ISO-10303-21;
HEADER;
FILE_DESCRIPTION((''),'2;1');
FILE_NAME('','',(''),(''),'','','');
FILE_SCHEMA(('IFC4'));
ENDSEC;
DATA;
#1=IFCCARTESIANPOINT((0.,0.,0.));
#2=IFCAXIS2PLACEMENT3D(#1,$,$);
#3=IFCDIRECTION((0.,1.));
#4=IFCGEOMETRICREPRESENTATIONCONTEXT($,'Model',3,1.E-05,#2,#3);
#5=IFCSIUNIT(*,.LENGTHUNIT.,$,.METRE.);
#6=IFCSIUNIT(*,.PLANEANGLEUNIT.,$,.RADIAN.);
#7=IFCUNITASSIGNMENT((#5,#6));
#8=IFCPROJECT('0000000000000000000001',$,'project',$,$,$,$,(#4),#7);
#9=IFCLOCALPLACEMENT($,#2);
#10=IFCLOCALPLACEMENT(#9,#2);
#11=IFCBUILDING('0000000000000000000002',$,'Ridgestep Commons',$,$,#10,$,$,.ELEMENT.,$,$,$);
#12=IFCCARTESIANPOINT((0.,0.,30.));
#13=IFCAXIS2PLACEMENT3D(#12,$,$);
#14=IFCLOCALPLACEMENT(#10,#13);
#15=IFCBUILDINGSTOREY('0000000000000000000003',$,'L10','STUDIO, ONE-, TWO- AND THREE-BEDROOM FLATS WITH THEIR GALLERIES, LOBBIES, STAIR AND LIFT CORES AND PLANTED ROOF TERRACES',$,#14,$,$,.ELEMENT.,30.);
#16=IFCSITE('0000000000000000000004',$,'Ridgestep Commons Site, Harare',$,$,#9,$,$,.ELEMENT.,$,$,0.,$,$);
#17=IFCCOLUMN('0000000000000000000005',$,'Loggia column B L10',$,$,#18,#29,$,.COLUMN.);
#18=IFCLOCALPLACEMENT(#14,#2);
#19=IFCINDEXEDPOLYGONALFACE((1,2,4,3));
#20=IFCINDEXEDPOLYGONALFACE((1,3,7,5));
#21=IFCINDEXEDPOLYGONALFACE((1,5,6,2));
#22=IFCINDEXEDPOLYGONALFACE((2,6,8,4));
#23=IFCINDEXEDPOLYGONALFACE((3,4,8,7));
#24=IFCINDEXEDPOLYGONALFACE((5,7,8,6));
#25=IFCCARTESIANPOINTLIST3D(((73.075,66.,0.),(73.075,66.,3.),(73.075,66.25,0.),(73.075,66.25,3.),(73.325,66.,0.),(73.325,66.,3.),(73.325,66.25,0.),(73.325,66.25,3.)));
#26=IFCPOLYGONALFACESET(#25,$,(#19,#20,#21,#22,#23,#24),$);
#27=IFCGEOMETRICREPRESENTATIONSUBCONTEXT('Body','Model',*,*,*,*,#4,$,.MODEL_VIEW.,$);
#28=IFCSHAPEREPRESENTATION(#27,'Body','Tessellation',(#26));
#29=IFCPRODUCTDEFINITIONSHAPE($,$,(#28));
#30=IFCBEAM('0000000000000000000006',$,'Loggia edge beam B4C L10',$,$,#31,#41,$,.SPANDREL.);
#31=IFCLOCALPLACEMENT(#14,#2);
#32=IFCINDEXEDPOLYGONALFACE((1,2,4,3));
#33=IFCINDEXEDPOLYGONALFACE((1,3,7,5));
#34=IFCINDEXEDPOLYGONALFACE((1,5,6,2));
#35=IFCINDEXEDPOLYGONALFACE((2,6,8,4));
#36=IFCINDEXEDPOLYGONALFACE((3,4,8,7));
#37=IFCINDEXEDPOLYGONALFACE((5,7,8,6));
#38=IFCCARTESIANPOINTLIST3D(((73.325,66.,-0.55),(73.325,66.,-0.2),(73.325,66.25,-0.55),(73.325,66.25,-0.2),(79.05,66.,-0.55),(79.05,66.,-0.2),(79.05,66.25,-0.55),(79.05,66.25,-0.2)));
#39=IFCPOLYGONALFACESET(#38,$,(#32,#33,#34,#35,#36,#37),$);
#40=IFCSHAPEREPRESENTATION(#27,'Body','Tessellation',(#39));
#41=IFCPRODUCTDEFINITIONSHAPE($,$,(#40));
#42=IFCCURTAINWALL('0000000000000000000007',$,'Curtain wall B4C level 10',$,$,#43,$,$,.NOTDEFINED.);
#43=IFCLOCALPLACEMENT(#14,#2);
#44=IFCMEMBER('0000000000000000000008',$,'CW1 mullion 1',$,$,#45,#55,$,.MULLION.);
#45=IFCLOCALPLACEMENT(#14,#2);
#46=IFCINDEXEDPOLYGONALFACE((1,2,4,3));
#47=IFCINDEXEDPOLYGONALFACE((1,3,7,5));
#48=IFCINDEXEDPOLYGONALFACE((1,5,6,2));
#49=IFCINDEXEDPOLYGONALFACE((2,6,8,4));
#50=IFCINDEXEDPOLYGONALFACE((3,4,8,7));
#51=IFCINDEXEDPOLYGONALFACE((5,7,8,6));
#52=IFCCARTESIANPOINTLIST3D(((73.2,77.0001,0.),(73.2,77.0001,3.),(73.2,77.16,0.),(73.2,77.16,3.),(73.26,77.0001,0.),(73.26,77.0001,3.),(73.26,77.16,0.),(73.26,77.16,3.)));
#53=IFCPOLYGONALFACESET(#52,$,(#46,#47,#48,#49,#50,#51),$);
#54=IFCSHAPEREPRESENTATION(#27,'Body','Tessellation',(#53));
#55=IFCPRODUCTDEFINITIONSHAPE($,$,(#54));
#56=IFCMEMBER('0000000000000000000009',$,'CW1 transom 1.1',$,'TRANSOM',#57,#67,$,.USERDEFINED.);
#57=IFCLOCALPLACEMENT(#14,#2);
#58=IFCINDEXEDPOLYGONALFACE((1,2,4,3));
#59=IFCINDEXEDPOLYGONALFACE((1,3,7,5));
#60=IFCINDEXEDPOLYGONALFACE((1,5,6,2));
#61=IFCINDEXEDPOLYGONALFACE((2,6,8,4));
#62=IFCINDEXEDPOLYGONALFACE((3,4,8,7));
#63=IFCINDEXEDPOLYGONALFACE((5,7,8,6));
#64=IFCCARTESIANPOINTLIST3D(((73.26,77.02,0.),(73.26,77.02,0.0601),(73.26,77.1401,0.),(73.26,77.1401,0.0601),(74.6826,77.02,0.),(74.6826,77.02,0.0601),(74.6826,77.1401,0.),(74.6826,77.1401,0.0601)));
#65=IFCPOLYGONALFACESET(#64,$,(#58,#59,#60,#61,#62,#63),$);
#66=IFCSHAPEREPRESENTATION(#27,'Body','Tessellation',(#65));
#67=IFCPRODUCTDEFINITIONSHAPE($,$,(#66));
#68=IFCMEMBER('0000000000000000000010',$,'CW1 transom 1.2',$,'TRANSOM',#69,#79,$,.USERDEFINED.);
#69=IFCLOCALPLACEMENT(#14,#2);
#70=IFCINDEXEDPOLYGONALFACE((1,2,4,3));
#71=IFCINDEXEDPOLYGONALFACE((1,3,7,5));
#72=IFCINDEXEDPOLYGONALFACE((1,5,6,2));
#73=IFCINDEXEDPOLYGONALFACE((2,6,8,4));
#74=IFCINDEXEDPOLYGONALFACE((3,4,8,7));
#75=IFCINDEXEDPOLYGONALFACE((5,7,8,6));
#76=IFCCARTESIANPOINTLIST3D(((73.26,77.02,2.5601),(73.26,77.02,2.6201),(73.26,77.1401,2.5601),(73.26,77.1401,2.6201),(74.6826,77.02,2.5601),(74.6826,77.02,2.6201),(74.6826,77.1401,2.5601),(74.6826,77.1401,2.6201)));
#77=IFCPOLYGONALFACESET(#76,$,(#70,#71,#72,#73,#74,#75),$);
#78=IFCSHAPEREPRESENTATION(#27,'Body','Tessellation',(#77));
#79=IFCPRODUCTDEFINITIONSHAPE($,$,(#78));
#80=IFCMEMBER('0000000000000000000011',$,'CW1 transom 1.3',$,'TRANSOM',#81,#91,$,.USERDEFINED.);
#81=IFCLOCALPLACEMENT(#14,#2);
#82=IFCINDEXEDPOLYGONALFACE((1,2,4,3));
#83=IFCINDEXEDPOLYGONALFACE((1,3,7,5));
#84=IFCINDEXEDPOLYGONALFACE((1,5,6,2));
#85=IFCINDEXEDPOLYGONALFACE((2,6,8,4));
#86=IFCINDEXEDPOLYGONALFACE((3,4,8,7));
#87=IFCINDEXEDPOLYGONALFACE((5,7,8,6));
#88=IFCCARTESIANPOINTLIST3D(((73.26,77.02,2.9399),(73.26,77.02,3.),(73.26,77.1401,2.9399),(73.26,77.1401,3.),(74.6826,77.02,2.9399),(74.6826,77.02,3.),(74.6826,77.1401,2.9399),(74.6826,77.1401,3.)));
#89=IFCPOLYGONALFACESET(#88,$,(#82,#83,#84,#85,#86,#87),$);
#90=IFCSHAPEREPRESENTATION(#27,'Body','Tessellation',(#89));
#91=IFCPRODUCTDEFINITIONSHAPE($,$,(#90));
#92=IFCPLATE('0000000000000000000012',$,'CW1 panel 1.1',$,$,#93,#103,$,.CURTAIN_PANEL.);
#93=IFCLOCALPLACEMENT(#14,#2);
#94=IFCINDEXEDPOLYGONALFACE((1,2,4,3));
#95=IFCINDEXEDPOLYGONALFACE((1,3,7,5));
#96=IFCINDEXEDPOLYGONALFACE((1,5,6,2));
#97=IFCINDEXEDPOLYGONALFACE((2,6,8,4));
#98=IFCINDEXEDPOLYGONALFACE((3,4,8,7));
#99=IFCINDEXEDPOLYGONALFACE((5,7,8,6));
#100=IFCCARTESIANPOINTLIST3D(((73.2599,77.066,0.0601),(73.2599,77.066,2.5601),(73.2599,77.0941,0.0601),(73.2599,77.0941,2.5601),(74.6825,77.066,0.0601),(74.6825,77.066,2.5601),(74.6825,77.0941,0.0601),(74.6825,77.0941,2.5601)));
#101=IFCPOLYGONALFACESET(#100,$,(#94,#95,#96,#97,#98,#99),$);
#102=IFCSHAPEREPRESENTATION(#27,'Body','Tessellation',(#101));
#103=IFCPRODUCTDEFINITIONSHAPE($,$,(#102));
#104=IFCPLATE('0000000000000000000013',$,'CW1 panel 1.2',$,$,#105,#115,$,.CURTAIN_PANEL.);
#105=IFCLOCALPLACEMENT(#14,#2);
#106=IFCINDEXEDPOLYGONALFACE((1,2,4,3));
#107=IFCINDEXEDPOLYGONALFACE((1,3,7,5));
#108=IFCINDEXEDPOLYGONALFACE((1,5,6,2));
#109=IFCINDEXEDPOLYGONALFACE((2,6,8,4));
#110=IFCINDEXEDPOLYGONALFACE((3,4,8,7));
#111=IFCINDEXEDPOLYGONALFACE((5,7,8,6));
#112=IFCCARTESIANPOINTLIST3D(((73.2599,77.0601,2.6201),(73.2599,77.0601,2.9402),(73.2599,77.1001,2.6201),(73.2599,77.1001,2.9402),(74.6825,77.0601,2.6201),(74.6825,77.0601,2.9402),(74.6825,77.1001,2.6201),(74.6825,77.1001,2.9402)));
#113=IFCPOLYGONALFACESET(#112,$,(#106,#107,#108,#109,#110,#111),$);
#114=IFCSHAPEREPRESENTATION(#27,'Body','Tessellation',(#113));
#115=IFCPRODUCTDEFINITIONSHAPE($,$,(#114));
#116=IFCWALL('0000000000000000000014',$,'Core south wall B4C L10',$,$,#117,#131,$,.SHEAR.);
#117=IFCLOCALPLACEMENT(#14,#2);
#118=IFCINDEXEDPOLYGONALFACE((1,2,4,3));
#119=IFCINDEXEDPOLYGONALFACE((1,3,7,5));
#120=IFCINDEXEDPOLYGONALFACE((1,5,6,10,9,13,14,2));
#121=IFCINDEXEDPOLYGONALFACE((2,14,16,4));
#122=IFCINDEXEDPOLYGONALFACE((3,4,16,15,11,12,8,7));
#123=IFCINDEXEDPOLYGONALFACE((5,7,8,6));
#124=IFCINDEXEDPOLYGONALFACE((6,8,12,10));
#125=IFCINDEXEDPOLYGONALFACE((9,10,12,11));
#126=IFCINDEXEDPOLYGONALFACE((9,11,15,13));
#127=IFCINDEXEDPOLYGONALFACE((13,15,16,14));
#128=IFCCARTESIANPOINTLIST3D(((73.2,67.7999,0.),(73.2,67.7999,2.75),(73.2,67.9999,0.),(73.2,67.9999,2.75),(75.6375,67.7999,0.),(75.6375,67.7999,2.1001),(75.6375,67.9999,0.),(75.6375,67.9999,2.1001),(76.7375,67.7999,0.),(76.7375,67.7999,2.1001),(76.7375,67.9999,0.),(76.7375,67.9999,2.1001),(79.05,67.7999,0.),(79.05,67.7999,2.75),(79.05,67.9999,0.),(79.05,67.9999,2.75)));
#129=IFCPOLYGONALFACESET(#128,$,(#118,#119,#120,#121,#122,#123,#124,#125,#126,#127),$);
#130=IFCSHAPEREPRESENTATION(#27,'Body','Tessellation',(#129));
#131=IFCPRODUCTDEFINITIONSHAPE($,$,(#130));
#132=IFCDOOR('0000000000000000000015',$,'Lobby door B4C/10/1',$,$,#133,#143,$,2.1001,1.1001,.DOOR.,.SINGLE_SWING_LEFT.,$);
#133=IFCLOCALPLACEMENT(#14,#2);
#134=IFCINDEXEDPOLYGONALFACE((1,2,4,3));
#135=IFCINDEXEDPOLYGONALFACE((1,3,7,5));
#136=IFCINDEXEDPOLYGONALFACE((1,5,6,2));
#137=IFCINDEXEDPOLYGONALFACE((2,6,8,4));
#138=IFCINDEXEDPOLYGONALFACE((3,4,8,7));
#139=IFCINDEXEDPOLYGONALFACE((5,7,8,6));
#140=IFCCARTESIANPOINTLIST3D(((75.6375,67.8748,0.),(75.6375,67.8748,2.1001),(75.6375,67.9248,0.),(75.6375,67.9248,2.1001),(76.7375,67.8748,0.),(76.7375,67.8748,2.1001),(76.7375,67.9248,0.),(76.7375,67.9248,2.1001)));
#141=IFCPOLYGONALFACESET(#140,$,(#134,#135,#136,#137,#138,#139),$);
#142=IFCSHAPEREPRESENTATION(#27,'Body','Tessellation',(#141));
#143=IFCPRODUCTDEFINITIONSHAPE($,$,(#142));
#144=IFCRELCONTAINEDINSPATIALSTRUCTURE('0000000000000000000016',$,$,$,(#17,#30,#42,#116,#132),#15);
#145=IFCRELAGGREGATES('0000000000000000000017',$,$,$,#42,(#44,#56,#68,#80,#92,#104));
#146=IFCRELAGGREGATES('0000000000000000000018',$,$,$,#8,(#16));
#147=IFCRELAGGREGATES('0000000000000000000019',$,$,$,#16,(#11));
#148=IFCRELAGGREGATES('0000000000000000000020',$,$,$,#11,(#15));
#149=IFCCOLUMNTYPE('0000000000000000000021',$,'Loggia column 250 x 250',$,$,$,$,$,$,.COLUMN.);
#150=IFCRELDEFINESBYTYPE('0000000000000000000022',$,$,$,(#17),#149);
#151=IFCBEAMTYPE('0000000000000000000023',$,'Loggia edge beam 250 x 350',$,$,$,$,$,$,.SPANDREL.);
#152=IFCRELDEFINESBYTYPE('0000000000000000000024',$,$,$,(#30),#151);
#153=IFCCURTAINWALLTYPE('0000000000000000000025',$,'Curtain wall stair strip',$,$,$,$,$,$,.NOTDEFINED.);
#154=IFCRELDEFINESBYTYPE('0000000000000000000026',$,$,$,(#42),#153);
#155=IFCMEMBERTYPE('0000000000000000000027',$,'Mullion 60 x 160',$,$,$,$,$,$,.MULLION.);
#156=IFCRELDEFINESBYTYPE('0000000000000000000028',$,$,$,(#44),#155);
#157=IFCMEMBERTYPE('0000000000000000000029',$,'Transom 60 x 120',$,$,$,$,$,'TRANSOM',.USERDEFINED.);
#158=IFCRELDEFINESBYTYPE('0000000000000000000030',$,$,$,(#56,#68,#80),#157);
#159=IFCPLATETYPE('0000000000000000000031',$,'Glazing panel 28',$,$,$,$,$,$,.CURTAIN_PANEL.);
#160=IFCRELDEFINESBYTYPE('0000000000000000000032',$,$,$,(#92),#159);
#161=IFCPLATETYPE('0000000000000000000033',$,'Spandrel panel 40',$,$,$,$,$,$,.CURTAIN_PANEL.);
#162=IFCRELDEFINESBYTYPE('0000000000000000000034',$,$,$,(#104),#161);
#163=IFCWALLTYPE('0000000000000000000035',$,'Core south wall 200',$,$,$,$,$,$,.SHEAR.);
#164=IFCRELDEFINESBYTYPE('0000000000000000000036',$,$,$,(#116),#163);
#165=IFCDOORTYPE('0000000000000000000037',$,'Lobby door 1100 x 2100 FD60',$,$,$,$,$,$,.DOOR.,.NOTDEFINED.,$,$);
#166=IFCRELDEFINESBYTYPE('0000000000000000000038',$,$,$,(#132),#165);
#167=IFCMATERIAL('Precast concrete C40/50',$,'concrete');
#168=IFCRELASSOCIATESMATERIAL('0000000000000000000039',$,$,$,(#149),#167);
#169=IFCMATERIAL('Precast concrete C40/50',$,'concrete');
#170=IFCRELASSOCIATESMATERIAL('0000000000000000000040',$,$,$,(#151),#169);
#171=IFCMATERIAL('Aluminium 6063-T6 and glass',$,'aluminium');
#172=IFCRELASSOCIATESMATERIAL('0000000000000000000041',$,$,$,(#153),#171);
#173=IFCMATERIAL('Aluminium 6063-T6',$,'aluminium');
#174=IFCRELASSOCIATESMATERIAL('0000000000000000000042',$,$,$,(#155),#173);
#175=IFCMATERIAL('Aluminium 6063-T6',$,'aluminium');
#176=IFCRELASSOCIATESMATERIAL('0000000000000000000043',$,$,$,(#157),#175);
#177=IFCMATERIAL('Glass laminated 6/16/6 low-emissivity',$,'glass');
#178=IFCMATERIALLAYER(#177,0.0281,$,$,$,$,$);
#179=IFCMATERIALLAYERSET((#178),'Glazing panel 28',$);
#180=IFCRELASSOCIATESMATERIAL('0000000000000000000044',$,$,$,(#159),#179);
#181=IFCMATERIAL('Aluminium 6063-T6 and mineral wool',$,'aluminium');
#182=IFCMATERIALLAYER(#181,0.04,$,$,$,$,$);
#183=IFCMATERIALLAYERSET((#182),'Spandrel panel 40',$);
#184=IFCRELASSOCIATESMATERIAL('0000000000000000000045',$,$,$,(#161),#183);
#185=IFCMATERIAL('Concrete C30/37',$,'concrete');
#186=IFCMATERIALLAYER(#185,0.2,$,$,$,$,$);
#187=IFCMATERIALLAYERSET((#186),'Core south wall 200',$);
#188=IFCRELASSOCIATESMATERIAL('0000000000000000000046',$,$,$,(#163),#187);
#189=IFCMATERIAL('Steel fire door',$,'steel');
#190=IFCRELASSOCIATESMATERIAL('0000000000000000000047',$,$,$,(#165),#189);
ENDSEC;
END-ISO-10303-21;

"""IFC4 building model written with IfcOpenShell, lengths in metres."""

from ifc_helpers import new_model, si_unit, direction, frame, frame_2d, origin, origin_2d, place, context, subcontext, project, spatial, rectangle, extrude, material, layer, layer_set, material_profile, profile_set, type_object, element, fill, aggregate, save


model = new_model("IFC4")

# Units and contexts
model_context = context("Model", 3, precision=1e-05, world=origin(), true_north=direction((0.0, 1.0)))
body_context = subcontext(model_context, "Body", "Model", "MODEL_VIEW")
ifc_project = project(units=[si_unit("LENGTHUNIT", "METRE"), si_unit("PLANEANGLEUNIT", "RADIAN")], contexts=[model_context])

# Site, building, storey
site_placement = place(None, origin())
site = spatial("IfcSite", under=ifc_project, at=site_placement, Name="Ridgestep Commons Site, Harare", CompositionType="ELEMENT", RefElevation=0.0)
building_placement = place(site_placement, origin())
building = spatial("IfcBuilding", under=site, at=building_placement, Name="Ridgestep Commons", CompositionType="ELEMENT")
storey_placement = place(building_placement, frame((0.0, 0.0, 30.0)))
storey = spatial("IfcBuildingStorey", under=building, at=storey_placement, Name="L10", Description="STUDIO, ONE-, TWO- AND THREE-BEDROOM FLATS WITH THEIR GALLERIES, LOBBIES, STAIR AND LIFT CORES AND PLANTED ROOF TERRACES", CompositionType="ELEMENT", Elevation=30.0)

# Column
ifc_material_1 = material(Name="Precast concrete C40/50", Category="concrete")
ifc_material_profile_1 = material_profile(ifc_material_1, rectangle(XDim=0.25, YDim=0.25, at=origin_2d()), Name="PC 250x250")
ifc_profile_set_1 = profile_set([ifc_material_profile_1], Name="Precast concrete C40/50")
column_type = type_object("IfcColumnType", Name="Loggia column 250 x 250", PredefinedType="COLUMN", material=ifc_profile_set_1)
column_placement = place(storey_placement, frame((73.2, 66.125, 0.0), z_axis=(0.0, 0.0, 1.0), x_axis=(1.0, 0.0, 0.0)))
element("IfcColumn", 1, at=column_placement, inside=storey, type_object=column_type, Name="Loggia column B L10", PredefinedType="COLUMN", context=body_context, shape_type="SweptSolid", body=[
    extrude(rectangle(XDim=0.25, YDim=0.25, at=origin_2d()), origin(), (0.0, 0.0, 1.0), 3.0),
])

# Beam
ifc_material_2 = material(Name="Precast concrete C40/50", Category="concrete")
ifc_material_profile_2 = material_profile(ifc_material_2, rectangle(XDim=0.25, YDim=0.3501, at=origin_2d()), Name="PC 250x350")
ifc_profile_set_2 = profile_set([ifc_material_profile_2], Name="Precast concrete C40/50")
beam_type = type_object("IfcBeamType", Name="Loggia edge beam 250 x 350", PredefinedType="SPANDREL", material=ifc_profile_set_2)
beam_placement = place(storey_placement, frame((73.325, 66.125, -0.375), z_axis=(1.0, 0.0, 0.0), x_axis=(0.0, 1.0, 0.0)))
element("IfcBeam", 2, at=beam_placement, inside=storey, type_object=beam_type, Name="Loggia edge beam B4C L10", PredefinedType="SPANDREL", context=body_context, shape_type="SweptSolid", body=[
    extrude(rectangle(XDim=0.25, YDim=0.3501, at=origin_2d()), origin(), (0.0, 0.0, 1.0), 5.7251),
])

# Curtain wall, members, plates
ifc_material_3 = material(Name="Aluminium 6063-T6 and glass", Category="aluminium")
curtain_wall_type = type_object("IfcCurtainWallType", Name="Curtain wall stair strip", PredefinedType="NOTDEFINED", material=ifc_material_3)
curtain_wall_placement = place(storey_placement, origin())
curtain_wall = element("IfcCurtainWall", 3, at=curtain_wall_placement, inside=storey, type_object=curtain_wall_type, Name="Curtain wall B4C level 10", PredefinedType="NOTDEFINED")
ifc_material_4 = material(Name="Aluminium 6063-T6", Category="aluminium")
ifc_material_profile_3 = material_profile(ifc_material_4, rectangle(XDim=0.1599, YDim=0.0601, at=origin_2d()), Name="Mullion 60 x 160")
ifc_profile_set_3 = profile_set([ifc_material_profile_3], Name="Aluminium 6063-T6")
member_type_1 = type_object("IfcMemberType", Name="Mullion 60 x 160", PredefinedType="MULLION", material=ifc_profile_set_3)
member_1_placement = place(storey_placement, frame((73.23, 77.0801, 0.0), z_axis=(0.0, 0.0, 1.0), x_axis=(0.0, 1.0, 0.0)))
member_1 = element("IfcMember", 4, at=member_1_placement, type_object=member_type_1, Name="CW1 mullion 1", PredefinedType="MULLION", context=body_context, shape_type="SweptSolid", body=[
    extrude(rectangle(XDim=0.1599, YDim=0.0601, at=origin_2d()), origin(), (0.0, 0.0, 1.0), 3.0),
])
ifc_material_5 = material(Name="Aluminium 6063-T6", Category="aluminium")
ifc_material_profile_4 = material_profile(ifc_material_5, rectangle(XDim=0.1201, YDim=0.0601, at=origin_2d()), Name="Transom 60 x 120")
ifc_profile_set_4 = profile_set([ifc_material_profile_4], Name="Aluminium 6063-T6")
member_type_2 = type_object("IfcMemberType", Name="Transom 60 x 120", ElementType="TRANSOM", PredefinedType="USERDEFINED", material=ifc_profile_set_4)
member_2_placement = place(storey_placement, frame((73.26, 77.0801, 0.03), z_axis=(1.0, 0.0, 0.0), x_axis=(0.0, 1.0, 0.0)))
member_2 = element("IfcMember", 5, at=member_2_placement, type_object=member_type_2, Name="CW1 transom 1.1", ObjectType="TRANSOM", PredefinedType="USERDEFINED", context=body_context, shape_type="SweptSolid", body=[
    extrude(rectangle(XDim=0.1201, YDim=0.0601, at=origin_2d()), origin(), (0.0, 0.0, 1.0), 1.4226),
])
member_3_placement = place(storey_placement, frame((73.26, 77.0801, 2.5901), z_axis=(1.0, 0.0, 0.0), x_axis=(0.0, 1.0, 0.0)))
member_3 = element("IfcMember", 6, at=member_3_placement, type_object=member_type_2, Name="CW1 transom 1.2", ObjectType="TRANSOM", PredefinedType="USERDEFINED", context=body_context, shape_type="SweptSolid", body=[
    extrude(rectangle(XDim=0.1201, YDim=0.0601, at=origin_2d()), origin(), (0.0, 0.0, 1.0), 1.4226),
])
member_4_placement = place(storey_placement, frame((73.26, 77.0801, 2.97), z_axis=(1.0, 0.0, 0.0), x_axis=(0.0, 1.0, 0.0)))
member_4 = element("IfcMember", 7, at=member_4_placement, type_object=member_type_2, Name="CW1 transom 1.3", ObjectType="TRANSOM", PredefinedType="USERDEFINED", context=body_context, shape_type="SweptSolid", body=[
    extrude(rectangle(XDim=0.1201, YDim=0.0601, at=origin_2d()), origin(), (0.0, 0.0, 1.0), 1.4226),
])
ifc_material_6 = material(Name="Glass laminated 6/16/6 low-emissivity", Category="glass")
ifc_layer_1 = layer(ifc_material_6, 0.0281)
ifc_layer_set_1 = layer_set([ifc_layer_1], Name="Glazing panel 28")
plate_type_1 = type_object("IfcPlateType", Name="Glazing panel 28", PredefinedType="CURTAIN_PANEL", material=ifc_layer_set_1)
plate_1_placement = place(storey_placement, frame((73.9712, 77.0801, 0.0601), z_axis=(0.0, 0.0, 1.0), x_axis=(1.0, 0.0, 0.0)))
plate_1 = element("IfcPlate", 8, at=plate_1_placement, type_object=plate_type_1, Name="CW1 panel 1.1", PredefinedType="CURTAIN_PANEL", context=body_context, shape_type="SweptSolid", body=[
    extrude(rectangle(XDim=1.4226, YDim=0.0281, at=origin_2d()), origin(), (0.0, 0.0, 1.0), 2.5),
])
ifc_material_7 = material(Name="Aluminium 6063-T6 and mineral wool", Category="aluminium")
ifc_layer_2 = layer(ifc_material_7, 0.04)
ifc_layer_set_2 = layer_set([ifc_layer_2], Name="Spandrel panel 40")
plate_type_2 = type_object("IfcPlateType", Name="Spandrel panel 40", PredefinedType="CURTAIN_PANEL", material=ifc_layer_set_2)
plate_2_placement = place(storey_placement, frame((73.9712, 77.0801, 2.6201), z_axis=(0.0, 0.0, 1.0), x_axis=(1.0, 0.0, 0.0)))
plate_2 = element("IfcPlate", 9, at=plate_2_placement, type_object=plate_type_2, Name="CW1 panel 1.2", PredefinedType="CURTAIN_PANEL", context=body_context, shape_type="SweptSolid", body=[
    extrude(rectangle(XDim=1.4226, YDim=0.04, at=origin_2d()), origin(), (0.0, 0.0, 1.0), 0.3201),
])
aggregate(curtain_wall, [member_1, member_2, member_3, member_4, plate_1, plate_2])

# Wall, opening, door
ifc_material_8 = material(Name="Concrete C30/37", Category="concrete")
ifc_layer_3 = layer(ifc_material_8, 0.2)
ifc_layer_set_3 = layer_set([ifc_layer_3], Name="Core south wall 200")
wall_type_1 = type_object("IfcWallType", Name="Core south wall 200", PredefinedType="SHEAR", material=ifc_layer_set_3)
wall_1_placement = place(storey_placement, frame((73.2, 67.8999, 0.0), z_axis=(0.0, 0.0, 1.0), x_axis=(1.0, 0.0, 0.0)))
wall_1 = element("IfcWall", 10, at=wall_1_placement, inside=storey, type_object=wall_type_1, Name="Core south wall B4C L10", PredefinedType="SHEAR", context=body_context, shape_type="SweptSolid", body=[
    extrude(rectangle(XDim=5.8501, YDim=0.2, at=frame_2d((2.925, 0.0))), origin(), (0.0, 0.0, 1.0), 2.75),
])
opening_1_placement = place(wall_1_placement, frame((2.4375, 0.0, 0.0)))
opening_1 = element("IfcOpeningElement", 11, at=opening_1_placement, cuts=wall_1, PredefinedType="OPENING", context=body_context, shape_type="SweptSolid", body=[
    extrude(rectangle(XDim=1.1001, YDim=2.1001, at=frame_2d((0.55, 1.05))), frame((0.0, 0.1099, 0.0), z_axis=(0.0, -1.0, 0.0), x_axis=(1.0, 0.0, 0.0)), (0.0, 0.0, 1.0), 0.22),
])
ifc_material_9 = material(Name="Steel fire door", Category="steel")
door_type_1 = type_object("IfcDoorType", Name="Lobby door 1100 x 2100 FD60", OperationType="NOTDEFINED", PredefinedType="DOOR", material=ifc_material_9)
door_1_placement = place(opening_1_placement, origin())
door_1 = element("IfcDoor", 12, at=door_1_placement, inside=storey, type_object=door_type_1, Name="Lobby door B4C/10/1", OperationType="SINGLE_SWING_LEFT", OverallHeight=2.1001, OverallWidth=1.1001, PredefinedType="DOOR", context=body_context, shape_type="SweptSolid", body=[
    extrude(rectangle(XDim=1.1001, YDim=2.1001, at=frame_2d((0.55, 1.05))), frame((0.0, 0.0249, 0.0), z_axis=(0.0, -1.0, 0.0), x_axis=(1.0, 0.0, 0.0)), (0.0, 0.0, 1.0), 0.05),
])
fill(opening_1, door_1)

save(model, "model.ifc")
